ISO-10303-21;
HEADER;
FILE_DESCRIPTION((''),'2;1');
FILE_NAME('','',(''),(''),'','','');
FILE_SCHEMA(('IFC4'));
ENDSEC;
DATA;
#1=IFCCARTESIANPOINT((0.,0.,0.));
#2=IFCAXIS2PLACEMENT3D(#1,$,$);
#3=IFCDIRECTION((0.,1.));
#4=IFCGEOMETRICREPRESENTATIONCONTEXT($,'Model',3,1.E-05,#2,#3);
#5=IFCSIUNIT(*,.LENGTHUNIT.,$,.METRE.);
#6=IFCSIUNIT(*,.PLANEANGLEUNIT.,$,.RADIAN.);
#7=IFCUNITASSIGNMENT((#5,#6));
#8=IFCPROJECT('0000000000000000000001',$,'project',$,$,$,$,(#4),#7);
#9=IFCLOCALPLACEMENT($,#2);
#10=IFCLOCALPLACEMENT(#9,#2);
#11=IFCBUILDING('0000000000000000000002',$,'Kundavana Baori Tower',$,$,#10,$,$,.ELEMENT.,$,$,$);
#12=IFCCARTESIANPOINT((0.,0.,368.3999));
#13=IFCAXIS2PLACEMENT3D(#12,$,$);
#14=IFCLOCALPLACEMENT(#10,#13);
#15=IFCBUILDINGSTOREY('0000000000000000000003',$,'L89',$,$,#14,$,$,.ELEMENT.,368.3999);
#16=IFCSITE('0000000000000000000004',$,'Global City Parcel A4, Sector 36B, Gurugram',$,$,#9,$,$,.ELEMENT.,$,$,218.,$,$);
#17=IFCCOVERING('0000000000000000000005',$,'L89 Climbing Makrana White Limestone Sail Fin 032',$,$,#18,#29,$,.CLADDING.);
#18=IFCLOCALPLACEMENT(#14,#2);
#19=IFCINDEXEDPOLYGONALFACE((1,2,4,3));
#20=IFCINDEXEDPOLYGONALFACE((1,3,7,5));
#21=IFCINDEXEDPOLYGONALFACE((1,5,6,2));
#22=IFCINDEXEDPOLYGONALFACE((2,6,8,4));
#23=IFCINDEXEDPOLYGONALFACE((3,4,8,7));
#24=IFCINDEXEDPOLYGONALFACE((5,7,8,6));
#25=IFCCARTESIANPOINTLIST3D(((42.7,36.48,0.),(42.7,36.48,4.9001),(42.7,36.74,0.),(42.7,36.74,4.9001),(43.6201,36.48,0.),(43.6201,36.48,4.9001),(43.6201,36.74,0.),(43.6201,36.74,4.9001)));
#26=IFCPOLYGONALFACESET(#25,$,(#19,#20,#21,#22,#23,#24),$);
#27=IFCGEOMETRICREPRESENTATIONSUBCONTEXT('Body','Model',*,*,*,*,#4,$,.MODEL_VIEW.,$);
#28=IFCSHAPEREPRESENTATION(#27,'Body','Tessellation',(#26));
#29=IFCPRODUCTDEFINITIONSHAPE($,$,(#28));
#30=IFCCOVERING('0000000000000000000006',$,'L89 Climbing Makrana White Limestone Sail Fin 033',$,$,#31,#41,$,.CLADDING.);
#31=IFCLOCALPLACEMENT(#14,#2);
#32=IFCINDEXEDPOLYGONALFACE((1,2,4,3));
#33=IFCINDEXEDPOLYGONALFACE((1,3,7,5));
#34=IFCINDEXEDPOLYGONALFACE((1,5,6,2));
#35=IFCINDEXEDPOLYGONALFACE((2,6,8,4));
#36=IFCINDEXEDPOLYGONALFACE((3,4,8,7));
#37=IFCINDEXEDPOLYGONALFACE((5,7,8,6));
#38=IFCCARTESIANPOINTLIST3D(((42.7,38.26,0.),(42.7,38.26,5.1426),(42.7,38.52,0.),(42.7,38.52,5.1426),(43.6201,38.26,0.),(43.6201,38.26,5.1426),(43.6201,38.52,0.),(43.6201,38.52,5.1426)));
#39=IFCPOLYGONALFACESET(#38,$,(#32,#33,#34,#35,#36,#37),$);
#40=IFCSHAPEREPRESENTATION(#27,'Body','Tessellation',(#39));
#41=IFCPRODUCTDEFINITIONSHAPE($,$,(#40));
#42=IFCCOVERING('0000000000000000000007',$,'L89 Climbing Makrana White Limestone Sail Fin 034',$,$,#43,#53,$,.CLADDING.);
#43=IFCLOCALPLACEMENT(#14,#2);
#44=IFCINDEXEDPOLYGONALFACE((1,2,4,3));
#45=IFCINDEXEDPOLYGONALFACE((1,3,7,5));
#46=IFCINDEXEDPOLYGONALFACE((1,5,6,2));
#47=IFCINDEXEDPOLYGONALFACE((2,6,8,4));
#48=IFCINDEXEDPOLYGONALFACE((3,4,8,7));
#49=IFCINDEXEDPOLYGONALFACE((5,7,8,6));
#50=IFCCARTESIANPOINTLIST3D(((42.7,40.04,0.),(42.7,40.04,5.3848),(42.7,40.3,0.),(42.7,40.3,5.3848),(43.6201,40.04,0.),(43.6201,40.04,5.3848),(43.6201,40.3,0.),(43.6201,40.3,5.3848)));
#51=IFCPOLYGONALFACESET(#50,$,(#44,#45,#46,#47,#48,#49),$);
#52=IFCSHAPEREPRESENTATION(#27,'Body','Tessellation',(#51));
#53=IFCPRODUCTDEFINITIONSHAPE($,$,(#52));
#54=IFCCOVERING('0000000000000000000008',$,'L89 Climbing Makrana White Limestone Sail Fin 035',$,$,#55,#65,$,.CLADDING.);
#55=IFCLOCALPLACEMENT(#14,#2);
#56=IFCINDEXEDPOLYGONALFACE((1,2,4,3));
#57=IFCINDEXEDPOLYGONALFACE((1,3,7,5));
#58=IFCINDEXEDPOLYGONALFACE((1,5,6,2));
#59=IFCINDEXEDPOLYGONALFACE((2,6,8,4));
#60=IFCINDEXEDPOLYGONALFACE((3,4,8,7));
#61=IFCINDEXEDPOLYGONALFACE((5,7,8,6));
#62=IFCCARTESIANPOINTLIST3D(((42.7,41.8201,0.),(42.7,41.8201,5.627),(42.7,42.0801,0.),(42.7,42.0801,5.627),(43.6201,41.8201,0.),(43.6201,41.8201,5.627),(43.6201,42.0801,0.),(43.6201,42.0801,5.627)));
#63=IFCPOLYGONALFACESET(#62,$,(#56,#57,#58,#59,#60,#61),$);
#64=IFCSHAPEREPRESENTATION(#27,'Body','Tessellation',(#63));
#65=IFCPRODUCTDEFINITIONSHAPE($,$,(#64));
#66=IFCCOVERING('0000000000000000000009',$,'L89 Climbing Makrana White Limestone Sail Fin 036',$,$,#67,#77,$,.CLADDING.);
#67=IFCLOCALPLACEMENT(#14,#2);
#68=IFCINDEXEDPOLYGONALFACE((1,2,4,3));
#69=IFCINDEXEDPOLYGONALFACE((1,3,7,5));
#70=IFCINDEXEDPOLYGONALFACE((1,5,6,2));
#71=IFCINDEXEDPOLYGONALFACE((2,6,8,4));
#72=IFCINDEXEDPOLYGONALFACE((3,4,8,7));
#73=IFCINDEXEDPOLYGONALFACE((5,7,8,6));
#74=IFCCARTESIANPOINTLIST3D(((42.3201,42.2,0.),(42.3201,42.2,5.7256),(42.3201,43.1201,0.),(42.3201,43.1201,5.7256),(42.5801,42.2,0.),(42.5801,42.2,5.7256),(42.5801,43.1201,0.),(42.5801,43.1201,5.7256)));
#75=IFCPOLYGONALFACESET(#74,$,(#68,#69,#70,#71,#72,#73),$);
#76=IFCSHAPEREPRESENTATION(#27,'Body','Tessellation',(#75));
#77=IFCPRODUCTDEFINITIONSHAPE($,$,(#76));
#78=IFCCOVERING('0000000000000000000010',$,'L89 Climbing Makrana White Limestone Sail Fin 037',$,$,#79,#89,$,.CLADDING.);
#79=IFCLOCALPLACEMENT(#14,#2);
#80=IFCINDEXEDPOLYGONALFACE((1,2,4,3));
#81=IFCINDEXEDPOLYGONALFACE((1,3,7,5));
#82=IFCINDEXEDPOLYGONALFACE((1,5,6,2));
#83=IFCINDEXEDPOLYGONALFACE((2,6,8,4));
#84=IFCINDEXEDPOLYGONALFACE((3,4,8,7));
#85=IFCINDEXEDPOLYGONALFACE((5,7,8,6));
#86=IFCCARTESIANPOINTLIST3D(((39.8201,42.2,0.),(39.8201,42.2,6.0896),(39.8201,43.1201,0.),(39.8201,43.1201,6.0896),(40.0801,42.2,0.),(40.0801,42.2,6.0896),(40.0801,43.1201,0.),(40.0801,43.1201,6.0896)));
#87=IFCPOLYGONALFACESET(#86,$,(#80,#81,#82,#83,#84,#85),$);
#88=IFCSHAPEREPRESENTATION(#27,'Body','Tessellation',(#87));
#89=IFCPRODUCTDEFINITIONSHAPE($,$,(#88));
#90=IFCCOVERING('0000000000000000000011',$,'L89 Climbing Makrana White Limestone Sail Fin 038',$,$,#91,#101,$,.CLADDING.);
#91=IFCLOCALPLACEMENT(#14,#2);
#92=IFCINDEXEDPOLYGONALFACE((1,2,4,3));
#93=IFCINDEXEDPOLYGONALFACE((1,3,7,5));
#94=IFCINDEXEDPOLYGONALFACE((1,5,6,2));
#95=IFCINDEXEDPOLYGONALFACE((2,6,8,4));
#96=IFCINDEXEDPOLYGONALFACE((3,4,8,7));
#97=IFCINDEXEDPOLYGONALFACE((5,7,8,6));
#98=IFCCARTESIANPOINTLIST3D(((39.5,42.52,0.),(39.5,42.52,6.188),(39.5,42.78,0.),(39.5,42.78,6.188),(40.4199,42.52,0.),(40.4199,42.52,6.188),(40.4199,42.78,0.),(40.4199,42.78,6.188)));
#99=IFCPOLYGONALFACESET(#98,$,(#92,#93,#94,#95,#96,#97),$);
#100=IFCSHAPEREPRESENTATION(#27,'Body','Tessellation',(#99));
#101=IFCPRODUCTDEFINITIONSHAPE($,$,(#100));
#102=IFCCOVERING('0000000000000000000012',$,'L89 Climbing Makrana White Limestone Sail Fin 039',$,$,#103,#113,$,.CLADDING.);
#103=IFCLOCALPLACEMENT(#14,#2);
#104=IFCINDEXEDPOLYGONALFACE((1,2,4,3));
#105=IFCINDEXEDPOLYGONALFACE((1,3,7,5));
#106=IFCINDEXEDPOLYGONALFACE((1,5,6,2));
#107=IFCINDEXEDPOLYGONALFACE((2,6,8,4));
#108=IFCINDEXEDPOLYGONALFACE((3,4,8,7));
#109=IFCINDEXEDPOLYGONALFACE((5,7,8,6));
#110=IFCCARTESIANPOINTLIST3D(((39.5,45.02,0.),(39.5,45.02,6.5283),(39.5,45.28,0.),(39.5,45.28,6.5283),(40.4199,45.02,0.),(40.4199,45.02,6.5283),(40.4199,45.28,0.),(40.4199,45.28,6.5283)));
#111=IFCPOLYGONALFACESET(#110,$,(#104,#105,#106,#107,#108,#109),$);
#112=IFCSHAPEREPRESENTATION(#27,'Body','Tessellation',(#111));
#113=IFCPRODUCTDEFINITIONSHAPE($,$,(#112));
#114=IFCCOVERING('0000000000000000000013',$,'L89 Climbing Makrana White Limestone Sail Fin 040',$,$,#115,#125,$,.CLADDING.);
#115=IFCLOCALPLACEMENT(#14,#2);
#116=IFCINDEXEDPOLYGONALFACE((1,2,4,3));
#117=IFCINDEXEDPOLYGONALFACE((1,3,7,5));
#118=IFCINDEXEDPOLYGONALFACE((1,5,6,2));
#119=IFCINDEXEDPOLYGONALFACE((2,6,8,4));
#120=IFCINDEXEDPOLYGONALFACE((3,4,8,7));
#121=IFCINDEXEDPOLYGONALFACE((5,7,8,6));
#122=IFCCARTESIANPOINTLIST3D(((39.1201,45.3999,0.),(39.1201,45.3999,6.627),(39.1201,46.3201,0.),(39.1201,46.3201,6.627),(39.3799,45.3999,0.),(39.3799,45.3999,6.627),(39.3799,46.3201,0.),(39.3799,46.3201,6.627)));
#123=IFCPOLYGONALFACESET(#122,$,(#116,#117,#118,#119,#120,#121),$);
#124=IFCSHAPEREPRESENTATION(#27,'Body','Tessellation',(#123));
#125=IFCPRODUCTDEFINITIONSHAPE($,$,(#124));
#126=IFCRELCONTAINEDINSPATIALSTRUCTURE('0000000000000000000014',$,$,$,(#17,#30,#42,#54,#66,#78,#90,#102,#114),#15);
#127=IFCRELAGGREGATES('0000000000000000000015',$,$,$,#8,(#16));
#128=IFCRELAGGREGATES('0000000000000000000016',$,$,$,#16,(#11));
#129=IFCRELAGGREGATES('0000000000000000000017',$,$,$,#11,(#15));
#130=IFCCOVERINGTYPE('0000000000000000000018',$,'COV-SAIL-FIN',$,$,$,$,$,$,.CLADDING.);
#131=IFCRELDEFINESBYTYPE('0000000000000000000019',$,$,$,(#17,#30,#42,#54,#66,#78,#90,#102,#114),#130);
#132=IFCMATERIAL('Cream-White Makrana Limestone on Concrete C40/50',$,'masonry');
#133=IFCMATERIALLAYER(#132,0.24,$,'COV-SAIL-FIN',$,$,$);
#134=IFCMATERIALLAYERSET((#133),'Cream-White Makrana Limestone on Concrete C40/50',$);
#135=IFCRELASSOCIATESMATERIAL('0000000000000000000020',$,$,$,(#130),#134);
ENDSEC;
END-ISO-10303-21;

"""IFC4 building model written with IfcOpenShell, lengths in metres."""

from ifc_helpers import new_model, si_unit, direction, frame, origin, place, context, subcontext, project, spatial, polyline, outline, extrude, material, layer, layer_set, type_object, element, save


model = new_model("IFC4")

# Units and contexts
model_context = context("Model", 3, precision=1e-05, world=origin(), true_north=direction((0.0, 1.0)))
body_context = subcontext(model_context, "Body", "Model", "MODEL_VIEW")
ifc_project = project(units=[si_unit("LENGTHUNIT", "METRE"), si_unit("PLANEANGLEUNIT", "RADIAN")], contexts=[model_context])

# Site, building, storey
site_placement = place(None, origin())
site = spatial("IfcSite", under=ifc_project, at=site_placement, Name="Global City Parcel A4, Sector 36B, Gurugram", CompositionType="ELEMENT", RefElevation=218.0)
building_placement = place(site_placement, origin())
building = spatial("IfcBuilding", under=site, at=building_placement, Name="Kundavana Baori Tower", CompositionType="ELEMENT")
storey_placement = place(building_placement, frame((0.0, 0.0, 368.3999)))
storey = spatial("IfcBuildingStorey", under=building, at=storey_placement, Name="L89", CompositionType="ELEMENT", Elevation=368.3999)

# Coverings
ifc_material = material(Name="Cream-White Makrana Limestone on Concrete C40/50", Category="masonry")
ifc_layer = layer(ifc_material, 0.24, Name="COV-SAIL-FIN")
ifc_layer_set = layer_set([ifc_layer], Name="Cream-White Makrana Limestone on Concrete C40/50")
covering_type = type_object("IfcCoveringType", Name="COV-SAIL-FIN", PredefinedType="CLADDING", material=ifc_layer_set)
covering_1_placement = place(storey_placement, origin())
element("IfcCovering", 1, at=covering_1_placement, inside=storey, type_object=covering_type, Name="L89 Climbing Makrana White Limestone Sail Fin 032", PredefinedType="CLADDING", context=body_context, shape_type="SweptSolid", body=[
    extrude(outline(polyline([(42.7, 36.48), (43.6201, 36.48), (43.6201, 36.74), (42.7, 36.74), (42.7, 36.48)])), origin(), (0.0, 0.0, 1.0), 4.9001),
])
covering_2_placement = place(storey_placement, origin())
element("IfcCovering", 2, at=covering_2_placement, inside=storey, type_object=covering_type, Name="L89 Climbing Makrana White Limestone Sail Fin 033", PredefinedType="CLADDING", context=body_context, shape_type="SweptSolid", body=[
    extrude(outline(polyline([(42.7, 38.26), (43.6201, 38.26), (43.6201, 38.52), (42.7, 38.52), (42.7, 38.26)])), origin(), (0.0, 0.0, 1.0), 5.1426),
])
covering_3_placement = place(storey_placement, origin())
element("IfcCovering", 3, at=covering_3_placement, inside=storey, type_object=covering_type, Name="L89 Climbing Makrana White Limestone Sail Fin 034", PredefinedType="CLADDING", context=body_context, shape_type="SweptSolid", body=[
    extrude(outline(polyline([(42.7, 40.04), (43.6201, 40.04), (43.6201, 40.3), (42.7, 40.3), (42.7, 40.04)])), origin(), (0.0, 0.0, 1.0), 5.3848),
])
covering_4_placement = place(storey_placement, origin())
element("IfcCovering", 4, at=covering_4_placement, inside=storey, type_object=covering_type, Name="L89 Climbing Makrana White Limestone Sail Fin 035", PredefinedType="CLADDING", context=body_context, shape_type="SweptSolid", body=[
    extrude(outline(polyline([(42.7, 41.8201), (43.6201, 41.8201), (43.6201, 42.0801), (42.7, 42.0801), (42.7, 41.8201)])), origin(), (0.0, 0.0, 1.0), 5.627),
])
covering_5_placement = place(storey_placement, origin())
element("IfcCovering", 5, at=covering_5_placement, inside=storey, type_object=covering_type, Name="L89 Climbing Makrana White Limestone Sail Fin 036", PredefinedType="CLADDING", context=body_context, shape_type="SweptSolid", body=[
    extrude(outline(polyline([(42.3201, 42.2), (42.5801, 42.2), (42.5801, 43.1201), (42.3201, 43.1201), (42.3201, 42.2)])), origin(), (0.0, 0.0, 1.0), 5.7256),
])
covering_6_placement = place(storey_placement, origin())
element("IfcCovering", 6, at=covering_6_placement, inside=storey, type_object=covering_type, Name="L89 Climbing Makrana White Limestone Sail Fin 037", PredefinedType="CLADDING", context=body_context, shape_type="SweptSolid", body=[
    extrude(outline(polyline([(39.8201, 42.2), (40.0801, 42.2), (40.0801, 43.1201), (39.8201, 43.1201), (39.8201, 42.2)])), origin(), (0.0, 0.0, 1.0), 6.0896),
])
covering_7_placement = place(storey_placement, origin())
element("IfcCovering", 7, at=covering_7_placement, inside=storey, type_object=covering_type, Name="L89 Climbing Makrana White Limestone Sail Fin 038", PredefinedType="CLADDING", context=body_context, shape_type="SweptSolid", body=[
    extrude(outline(polyline([(39.5, 42.52), (40.4199, 42.52), (40.4199, 42.78), (39.5, 42.78), (39.5, 42.52)])), origin(), (0.0, 0.0, 1.0), 6.188),
])
covering_8_placement = place(storey_placement, origin())
element("IfcCovering", 8, at=covering_8_placement, inside=storey, type_object=covering_type, Name="L89 Climbing Makrana White Limestone Sail Fin 039", PredefinedType="CLADDING", context=body_context, shape_type="SweptSolid", body=[
    extrude(outline(polyline([(39.5, 45.02), (40.4199, 45.02), (40.4199, 45.28), (39.5, 45.28), (39.5, 45.02)])), origin(), (0.0, 0.0, 1.0), 6.5283),
])
covering_9_placement = place(storey_placement, origin())
element("IfcCovering", 9, at=covering_9_placement, inside=storey, type_object=covering_type, Name="L89 Climbing Makrana White Limestone Sail Fin 040", PredefinedType="CLADDING", context=body_context, shape_type="SweptSolid", body=[
    extrude(outline(polyline([(39.1201, 45.3999), (39.3799, 45.3999), (39.3799, 46.3201), (39.1201, 46.3201), (39.1201, 45.3999)])), origin(), (0.0, 0.0, 1.0), 6.627),
])

save(model, "model.ifc")
